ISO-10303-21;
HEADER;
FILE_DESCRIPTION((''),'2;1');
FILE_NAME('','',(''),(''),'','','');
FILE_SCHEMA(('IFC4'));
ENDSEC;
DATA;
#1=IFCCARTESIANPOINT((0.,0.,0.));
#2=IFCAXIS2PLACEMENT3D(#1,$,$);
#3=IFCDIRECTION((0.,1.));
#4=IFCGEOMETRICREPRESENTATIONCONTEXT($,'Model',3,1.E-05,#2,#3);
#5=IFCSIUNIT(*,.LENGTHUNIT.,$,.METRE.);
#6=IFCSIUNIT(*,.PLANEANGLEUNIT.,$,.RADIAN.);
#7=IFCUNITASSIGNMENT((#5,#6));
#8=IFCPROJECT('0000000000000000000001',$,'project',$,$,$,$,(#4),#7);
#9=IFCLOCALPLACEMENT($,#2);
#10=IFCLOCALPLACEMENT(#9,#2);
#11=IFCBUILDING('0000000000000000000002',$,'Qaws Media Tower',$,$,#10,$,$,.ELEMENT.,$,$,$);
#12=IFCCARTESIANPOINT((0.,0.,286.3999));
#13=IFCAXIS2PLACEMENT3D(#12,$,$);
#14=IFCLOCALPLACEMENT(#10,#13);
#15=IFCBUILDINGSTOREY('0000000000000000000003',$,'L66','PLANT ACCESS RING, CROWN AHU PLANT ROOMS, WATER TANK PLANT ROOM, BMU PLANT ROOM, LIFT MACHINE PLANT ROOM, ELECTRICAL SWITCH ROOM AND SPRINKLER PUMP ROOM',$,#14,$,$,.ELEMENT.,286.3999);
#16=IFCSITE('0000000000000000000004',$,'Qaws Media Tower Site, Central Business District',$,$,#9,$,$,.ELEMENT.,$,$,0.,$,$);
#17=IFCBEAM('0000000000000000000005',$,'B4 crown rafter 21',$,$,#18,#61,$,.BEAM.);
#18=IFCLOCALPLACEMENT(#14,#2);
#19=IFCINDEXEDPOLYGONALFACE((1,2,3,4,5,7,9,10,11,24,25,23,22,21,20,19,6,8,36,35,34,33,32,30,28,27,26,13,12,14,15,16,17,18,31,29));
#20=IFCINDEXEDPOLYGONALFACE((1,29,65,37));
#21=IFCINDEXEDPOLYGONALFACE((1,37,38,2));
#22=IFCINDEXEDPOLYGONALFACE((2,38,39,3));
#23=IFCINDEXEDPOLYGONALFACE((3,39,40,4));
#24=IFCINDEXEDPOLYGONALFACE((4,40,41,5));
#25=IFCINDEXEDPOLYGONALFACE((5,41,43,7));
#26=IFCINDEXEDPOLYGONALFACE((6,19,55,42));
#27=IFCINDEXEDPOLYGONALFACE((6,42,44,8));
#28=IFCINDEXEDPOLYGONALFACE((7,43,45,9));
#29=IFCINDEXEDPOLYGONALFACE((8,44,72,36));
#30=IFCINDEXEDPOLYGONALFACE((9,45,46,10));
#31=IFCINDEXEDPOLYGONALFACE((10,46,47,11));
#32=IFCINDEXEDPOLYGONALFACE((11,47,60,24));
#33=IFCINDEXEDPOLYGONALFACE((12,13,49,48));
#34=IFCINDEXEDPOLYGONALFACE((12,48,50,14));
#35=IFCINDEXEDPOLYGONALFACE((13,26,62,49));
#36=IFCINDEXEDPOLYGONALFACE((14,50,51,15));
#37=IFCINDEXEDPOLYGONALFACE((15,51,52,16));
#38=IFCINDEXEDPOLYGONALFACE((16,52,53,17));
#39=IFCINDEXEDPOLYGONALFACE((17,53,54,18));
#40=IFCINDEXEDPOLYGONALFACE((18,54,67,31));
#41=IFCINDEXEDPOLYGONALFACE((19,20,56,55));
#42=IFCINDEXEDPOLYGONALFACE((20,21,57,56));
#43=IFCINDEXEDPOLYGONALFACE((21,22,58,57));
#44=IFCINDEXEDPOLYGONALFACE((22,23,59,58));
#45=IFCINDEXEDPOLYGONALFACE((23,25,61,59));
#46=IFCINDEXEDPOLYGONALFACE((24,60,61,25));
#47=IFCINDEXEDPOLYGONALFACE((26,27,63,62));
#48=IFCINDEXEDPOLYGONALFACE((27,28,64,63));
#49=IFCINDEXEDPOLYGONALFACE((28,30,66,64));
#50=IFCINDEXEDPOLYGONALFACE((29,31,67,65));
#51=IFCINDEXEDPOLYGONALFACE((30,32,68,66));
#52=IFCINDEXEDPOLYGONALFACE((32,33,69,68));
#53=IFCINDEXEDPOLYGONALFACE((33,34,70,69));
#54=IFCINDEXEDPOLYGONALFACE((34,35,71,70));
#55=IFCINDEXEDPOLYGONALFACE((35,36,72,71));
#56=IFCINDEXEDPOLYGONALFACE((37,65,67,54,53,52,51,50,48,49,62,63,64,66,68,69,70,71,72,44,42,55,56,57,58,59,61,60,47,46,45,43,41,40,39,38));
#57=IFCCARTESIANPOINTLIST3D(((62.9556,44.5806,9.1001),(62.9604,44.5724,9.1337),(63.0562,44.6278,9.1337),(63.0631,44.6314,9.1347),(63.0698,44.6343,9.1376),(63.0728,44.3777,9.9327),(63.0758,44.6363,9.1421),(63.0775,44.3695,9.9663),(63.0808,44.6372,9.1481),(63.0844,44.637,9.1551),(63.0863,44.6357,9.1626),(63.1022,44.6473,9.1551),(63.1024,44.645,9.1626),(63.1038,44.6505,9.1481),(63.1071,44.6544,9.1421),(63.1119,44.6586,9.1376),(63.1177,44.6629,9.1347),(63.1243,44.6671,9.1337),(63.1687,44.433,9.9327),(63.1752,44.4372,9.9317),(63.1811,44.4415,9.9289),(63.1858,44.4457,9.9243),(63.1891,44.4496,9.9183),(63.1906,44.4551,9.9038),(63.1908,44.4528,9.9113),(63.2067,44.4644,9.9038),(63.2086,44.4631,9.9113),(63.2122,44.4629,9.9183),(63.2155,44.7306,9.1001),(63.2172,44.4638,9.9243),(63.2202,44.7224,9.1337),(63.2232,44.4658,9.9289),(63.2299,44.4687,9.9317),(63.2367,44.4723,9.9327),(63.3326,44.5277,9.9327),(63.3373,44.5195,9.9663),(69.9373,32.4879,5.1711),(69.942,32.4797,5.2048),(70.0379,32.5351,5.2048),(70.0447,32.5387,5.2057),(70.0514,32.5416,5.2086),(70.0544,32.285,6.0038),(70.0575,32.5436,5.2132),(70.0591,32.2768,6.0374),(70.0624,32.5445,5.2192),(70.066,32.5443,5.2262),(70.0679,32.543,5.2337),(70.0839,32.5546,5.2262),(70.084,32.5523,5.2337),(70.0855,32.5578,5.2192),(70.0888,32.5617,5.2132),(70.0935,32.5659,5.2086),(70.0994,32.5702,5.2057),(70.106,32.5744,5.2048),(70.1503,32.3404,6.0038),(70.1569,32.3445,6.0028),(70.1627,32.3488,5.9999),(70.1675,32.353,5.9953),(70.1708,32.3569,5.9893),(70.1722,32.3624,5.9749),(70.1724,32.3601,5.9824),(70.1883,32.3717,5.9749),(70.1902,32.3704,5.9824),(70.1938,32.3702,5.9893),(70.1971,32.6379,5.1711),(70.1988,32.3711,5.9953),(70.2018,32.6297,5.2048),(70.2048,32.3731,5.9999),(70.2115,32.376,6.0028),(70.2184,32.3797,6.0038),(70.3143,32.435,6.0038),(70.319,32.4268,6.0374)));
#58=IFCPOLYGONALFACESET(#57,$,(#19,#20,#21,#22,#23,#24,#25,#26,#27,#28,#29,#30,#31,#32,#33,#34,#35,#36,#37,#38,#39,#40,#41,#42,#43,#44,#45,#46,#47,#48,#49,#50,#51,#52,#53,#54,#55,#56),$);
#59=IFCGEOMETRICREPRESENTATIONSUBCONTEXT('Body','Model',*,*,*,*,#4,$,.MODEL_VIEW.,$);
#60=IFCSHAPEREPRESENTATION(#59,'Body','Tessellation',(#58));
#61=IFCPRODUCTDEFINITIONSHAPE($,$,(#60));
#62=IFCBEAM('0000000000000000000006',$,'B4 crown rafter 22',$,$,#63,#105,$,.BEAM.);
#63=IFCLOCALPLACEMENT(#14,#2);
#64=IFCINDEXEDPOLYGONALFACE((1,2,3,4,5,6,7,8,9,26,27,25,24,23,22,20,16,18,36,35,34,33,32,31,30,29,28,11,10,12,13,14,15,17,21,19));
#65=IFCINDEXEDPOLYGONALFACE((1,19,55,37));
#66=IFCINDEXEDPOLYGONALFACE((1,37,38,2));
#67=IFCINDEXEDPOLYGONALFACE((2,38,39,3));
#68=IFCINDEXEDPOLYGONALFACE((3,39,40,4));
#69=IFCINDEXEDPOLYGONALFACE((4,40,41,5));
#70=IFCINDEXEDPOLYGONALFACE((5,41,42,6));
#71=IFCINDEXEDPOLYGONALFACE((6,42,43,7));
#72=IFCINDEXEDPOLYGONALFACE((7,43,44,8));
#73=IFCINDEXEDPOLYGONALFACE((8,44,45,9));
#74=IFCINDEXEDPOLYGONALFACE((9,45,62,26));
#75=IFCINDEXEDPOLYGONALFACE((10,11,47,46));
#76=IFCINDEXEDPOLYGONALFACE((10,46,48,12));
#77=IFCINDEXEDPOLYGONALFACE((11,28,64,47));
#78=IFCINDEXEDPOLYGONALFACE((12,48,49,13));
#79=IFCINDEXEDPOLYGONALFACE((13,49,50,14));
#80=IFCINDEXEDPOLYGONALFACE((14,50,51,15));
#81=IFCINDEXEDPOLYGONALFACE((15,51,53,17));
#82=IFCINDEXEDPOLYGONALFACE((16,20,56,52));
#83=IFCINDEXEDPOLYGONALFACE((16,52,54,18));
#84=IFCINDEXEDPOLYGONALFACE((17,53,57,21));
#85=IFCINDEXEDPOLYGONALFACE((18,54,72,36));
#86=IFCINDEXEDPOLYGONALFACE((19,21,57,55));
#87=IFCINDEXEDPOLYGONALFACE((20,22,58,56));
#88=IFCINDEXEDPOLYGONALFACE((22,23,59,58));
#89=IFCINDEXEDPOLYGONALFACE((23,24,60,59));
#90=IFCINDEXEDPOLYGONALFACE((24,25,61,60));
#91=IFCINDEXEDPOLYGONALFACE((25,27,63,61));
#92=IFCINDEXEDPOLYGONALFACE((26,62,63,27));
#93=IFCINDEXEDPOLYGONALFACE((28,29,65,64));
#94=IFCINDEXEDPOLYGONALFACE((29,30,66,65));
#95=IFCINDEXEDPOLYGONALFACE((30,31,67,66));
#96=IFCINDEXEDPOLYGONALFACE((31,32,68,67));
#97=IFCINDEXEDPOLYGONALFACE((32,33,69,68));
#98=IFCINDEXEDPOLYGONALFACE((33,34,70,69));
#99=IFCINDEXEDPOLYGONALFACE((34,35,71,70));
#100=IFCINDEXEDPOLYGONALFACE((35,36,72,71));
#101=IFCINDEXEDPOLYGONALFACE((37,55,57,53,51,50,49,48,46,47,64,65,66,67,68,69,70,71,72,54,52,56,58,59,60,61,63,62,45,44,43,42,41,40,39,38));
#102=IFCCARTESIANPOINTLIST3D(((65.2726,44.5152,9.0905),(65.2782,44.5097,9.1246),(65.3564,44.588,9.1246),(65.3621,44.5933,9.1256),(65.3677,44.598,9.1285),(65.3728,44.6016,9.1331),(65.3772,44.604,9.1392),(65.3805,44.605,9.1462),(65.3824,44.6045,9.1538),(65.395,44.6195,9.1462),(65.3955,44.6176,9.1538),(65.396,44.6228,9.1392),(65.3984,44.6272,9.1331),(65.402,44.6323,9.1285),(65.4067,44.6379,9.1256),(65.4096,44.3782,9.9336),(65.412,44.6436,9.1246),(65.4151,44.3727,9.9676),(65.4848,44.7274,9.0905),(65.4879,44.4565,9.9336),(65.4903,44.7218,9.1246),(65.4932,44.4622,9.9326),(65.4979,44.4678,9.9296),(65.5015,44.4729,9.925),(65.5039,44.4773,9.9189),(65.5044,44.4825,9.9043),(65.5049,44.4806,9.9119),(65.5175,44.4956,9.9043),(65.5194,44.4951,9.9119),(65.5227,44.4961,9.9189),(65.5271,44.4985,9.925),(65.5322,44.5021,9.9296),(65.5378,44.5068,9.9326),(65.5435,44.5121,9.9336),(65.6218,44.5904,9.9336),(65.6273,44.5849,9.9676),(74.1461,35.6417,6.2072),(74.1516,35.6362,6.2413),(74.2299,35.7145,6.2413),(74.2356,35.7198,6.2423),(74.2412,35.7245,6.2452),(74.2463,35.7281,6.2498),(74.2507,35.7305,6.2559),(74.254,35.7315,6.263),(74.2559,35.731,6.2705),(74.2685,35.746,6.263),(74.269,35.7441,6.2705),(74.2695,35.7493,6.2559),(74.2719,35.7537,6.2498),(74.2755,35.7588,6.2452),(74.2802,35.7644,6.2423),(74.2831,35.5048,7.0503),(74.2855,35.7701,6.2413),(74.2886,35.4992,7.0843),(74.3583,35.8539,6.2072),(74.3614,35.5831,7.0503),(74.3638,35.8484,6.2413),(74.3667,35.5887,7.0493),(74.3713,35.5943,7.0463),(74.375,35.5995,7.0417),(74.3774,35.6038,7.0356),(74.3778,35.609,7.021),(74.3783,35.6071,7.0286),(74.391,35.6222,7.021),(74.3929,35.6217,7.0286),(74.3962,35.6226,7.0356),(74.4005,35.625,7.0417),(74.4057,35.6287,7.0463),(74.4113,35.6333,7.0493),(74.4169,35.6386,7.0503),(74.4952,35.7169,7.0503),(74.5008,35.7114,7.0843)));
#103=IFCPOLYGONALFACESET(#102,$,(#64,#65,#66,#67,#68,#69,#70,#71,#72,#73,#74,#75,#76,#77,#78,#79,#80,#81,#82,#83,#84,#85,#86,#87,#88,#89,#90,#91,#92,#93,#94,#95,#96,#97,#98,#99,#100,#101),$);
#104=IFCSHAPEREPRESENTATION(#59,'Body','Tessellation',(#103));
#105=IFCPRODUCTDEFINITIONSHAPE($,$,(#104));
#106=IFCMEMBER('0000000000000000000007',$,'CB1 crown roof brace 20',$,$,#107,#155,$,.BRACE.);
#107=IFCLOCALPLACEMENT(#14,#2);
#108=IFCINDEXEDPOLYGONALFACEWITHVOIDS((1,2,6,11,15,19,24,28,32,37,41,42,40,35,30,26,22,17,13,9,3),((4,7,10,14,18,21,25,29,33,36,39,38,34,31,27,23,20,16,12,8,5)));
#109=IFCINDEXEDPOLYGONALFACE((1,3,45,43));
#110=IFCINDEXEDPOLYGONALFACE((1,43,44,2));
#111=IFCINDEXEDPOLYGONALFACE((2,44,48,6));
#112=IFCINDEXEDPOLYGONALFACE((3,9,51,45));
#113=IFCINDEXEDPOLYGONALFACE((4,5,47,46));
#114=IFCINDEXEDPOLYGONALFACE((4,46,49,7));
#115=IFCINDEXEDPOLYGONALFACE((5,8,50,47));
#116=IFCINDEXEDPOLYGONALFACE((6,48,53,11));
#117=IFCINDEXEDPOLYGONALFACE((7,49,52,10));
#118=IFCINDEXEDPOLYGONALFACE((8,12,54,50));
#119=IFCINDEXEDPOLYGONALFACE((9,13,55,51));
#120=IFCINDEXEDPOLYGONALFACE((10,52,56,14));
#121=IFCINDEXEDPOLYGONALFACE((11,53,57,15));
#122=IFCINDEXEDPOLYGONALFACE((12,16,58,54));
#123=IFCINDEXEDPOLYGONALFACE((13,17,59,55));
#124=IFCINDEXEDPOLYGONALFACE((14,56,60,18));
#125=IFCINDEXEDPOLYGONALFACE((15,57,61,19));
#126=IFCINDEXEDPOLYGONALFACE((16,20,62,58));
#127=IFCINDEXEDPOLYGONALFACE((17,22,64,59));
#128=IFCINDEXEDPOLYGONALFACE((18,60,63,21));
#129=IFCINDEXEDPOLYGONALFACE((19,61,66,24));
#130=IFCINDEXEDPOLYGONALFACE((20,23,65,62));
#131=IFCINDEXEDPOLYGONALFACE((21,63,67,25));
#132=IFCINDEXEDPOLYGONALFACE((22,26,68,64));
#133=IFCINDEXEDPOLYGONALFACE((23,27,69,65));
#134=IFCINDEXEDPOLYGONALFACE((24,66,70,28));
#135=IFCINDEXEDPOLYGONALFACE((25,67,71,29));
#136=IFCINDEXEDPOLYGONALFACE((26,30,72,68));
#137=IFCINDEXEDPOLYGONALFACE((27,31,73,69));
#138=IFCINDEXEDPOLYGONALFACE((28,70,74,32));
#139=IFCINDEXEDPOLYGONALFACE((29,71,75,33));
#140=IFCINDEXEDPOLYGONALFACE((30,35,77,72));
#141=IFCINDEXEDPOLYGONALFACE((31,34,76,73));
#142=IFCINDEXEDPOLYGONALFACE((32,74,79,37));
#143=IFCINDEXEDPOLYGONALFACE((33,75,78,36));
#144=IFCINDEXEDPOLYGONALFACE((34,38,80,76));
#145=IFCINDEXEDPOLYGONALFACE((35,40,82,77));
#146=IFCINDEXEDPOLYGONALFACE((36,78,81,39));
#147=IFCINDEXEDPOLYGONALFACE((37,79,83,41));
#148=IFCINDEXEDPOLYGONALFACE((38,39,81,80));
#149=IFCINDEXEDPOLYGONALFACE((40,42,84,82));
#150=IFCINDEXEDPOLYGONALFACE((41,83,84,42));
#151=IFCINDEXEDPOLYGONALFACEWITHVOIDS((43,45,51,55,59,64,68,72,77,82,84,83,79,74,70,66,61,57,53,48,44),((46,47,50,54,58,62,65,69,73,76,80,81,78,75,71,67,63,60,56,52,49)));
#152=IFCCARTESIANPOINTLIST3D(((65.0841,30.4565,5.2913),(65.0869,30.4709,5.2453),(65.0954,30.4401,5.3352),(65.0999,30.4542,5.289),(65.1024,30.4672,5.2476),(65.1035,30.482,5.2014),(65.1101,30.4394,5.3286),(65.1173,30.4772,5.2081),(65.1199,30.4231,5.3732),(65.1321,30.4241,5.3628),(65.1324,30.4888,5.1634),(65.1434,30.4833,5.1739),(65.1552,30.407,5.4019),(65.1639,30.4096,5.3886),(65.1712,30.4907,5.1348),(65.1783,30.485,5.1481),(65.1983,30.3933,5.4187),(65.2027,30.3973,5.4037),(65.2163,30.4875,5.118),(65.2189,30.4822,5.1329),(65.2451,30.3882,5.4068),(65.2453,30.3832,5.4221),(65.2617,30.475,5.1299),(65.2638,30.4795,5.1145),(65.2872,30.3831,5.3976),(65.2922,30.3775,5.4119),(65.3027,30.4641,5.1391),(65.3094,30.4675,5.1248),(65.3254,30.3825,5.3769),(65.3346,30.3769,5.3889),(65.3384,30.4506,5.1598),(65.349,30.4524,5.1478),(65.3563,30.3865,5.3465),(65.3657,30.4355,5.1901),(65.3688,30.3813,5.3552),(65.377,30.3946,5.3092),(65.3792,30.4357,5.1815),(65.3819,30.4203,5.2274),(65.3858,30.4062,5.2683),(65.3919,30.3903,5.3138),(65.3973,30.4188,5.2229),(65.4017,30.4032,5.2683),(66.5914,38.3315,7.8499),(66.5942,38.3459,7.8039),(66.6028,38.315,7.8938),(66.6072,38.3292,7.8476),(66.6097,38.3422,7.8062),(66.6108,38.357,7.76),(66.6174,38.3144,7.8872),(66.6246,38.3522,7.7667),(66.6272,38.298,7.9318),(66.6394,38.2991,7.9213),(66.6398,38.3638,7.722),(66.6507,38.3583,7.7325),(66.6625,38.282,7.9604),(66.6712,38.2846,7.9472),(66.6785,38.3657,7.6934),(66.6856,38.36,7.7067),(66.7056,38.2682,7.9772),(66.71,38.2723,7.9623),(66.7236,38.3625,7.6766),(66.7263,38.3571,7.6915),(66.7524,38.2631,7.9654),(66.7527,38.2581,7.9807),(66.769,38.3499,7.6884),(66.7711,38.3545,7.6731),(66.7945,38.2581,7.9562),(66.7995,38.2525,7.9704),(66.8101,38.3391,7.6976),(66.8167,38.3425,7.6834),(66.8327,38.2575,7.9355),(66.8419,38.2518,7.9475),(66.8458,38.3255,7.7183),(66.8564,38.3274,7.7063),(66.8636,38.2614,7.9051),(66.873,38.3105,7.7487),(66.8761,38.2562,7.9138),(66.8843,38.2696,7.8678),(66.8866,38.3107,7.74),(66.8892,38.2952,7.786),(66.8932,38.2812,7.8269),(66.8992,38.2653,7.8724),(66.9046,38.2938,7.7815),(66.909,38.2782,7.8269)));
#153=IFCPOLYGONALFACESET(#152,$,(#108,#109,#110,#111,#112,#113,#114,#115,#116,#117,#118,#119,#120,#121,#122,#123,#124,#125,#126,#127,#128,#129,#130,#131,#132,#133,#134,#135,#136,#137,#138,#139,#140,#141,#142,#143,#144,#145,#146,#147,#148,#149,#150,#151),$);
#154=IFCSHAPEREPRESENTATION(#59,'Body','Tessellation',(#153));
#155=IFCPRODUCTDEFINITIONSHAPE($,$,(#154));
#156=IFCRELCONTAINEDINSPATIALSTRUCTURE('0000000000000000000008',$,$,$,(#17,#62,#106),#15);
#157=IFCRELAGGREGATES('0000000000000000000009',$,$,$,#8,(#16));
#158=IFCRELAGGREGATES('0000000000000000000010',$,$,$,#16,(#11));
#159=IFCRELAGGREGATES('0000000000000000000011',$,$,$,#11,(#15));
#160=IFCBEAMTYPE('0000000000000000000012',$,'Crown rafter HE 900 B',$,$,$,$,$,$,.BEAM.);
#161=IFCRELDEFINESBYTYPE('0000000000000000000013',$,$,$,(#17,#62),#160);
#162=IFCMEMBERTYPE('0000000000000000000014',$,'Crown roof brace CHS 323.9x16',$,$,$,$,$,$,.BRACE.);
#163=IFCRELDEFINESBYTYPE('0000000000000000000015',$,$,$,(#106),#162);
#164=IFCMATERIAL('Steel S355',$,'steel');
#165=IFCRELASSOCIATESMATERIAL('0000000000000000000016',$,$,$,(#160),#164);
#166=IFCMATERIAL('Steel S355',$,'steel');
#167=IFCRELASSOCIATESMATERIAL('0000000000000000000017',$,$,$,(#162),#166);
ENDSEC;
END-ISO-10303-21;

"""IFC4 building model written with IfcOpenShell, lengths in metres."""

from ifc_helpers import new_model, si_unit, direction, frame, origin, origin_2d, place, context, subcontext, project, spatial, hollow_circle, i_section, extrude, material, material_profile, profile_set, type_object, element, save


model = new_model("IFC4")

# Units and contexts
model_context = context("Model", 3, precision=1e-05, world=origin(), true_north=direction((0.0, 1.0)))
body_context = subcontext(model_context, "Body", "Model", "MODEL_VIEW")
ifc_project = project(units=[si_unit("LENGTHUNIT", "METRE"), si_unit("PLANEANGLEUNIT", "RADIAN")], contexts=[model_context])

# Site, building, storey
site_placement = place(None, origin())
site = spatial("IfcSite", under=ifc_project, at=site_placement, Name="Qaws Media Tower Site, Central Business District", CompositionType="ELEMENT", RefElevation=0.0)
building_placement = place(site_placement, origin())
building = spatial("IfcBuilding", under=site, at=building_placement, Name="Qaws Media Tower", CompositionType="ELEMENT")
storey_placement = place(building_placement, frame((0.0, 0.0, 286.3999)))
storey = spatial("IfcBuildingStorey", under=building, at=storey_placement, Name="L66", Description="PLANT ACCESS RING, CROWN AHU PLANT ROOMS, WATER TANK PLANT ROOM, BMU PLANT ROOM, LIFT MACHINE PLANT ROOM, ELECTRICAL SWITCH ROOM AND SPRINKLER PUMP ROOM", CompositionType="ELEMENT", Elevation=286.3999)

# Beams
ifc_material_1 = material(Name="Steel S355", Category="steel")
ifc_material_profile_1 = material_profile(ifc_material_1, i_section(OverallWidth=0.3, OverallDepth=0.8999, WebThickness=0.0186, FlangeThickness=0.0349, FilletRadius=0.03, at=origin_2d()), Name="HE 900 B")
ifc_profile_set_1 = profile_set([ifc_material_profile_1], Name="Steel S355")
beam_type_1 = type_object("IfcBeamType", Name="Crown rafter HE 900 B", PredefinedType="BEAM", material=ifc_profile_set_1)
beam_1_placement = place(storey_placement, frame((63.1465, 44.55, 9.5332), z_axis=(0.481306, -0.833656, -0.270856), x_axis=(0.866028, 0.499996, 0.0)))
element("IfcBeam", 1, at=beam_1_placement, inside=storey, type_object=beam_type_1, Name="B4 crown rafter 21", PredefinedType="BEAM", context=body_context, shape_type="SweptSolid", body=[
    extrude(i_section(OverallWidth=0.3, OverallDepth=0.8999, WebThickness=0.0186, FlangeThickness=0.0349, FilletRadius=0.03, at=origin_2d()), origin(), (0.0, 0.0, 1.0), 14.5056),
])
beam_2_placement = place(storey_placement, frame((65.45, 44.55, 9.5291), z_axis=(0.68915, -0.68915, -0.223927), x_axis=(0.707107, 0.707107, 0.0)))
element("IfcBeam", 2, at=beam_2_placement, inside=storey, type_object=beam_type_1, Name="B4 crown rafter 22", PredefinedType="BEAM", context=body_context, shape_type="SweptSolid", body=[
    extrude(i_section(OverallWidth=0.3, OverallDepth=0.8999, WebThickness=0.0186, FlangeThickness=0.0349, FilletRadius=0.03, at=origin_2d()), origin(), (0.0, 0.0, 1.0), 12.876),
])

# Member
ifc_material_2 = material(Name="Steel S355", Category="steel")
ifc_material_profile_2 = material_profile(ifc_material_2, hollow_circle(Radius=0.1619, WallThickness=0.0161, at=origin_2d()), Name="CHS 323.9x16")
ifc_profile_set_2 = profile_set([ifc_material_profile_2], Name="Steel S355")
member_type = type_object("IfcMemberType", Name="Crown roof brace CHS 323.9x16", PredefinedType="BRACE", material=ifc_profile_set_2)
member_1_placement = place(storey_placement, frame((66.75, 38.3086, 7.8269), z_axis=(-0.179096, -0.935685, -0.304005), x_axis=(0.98217, -0.187994, 0.0)))
element("IfcMember", 3, at=member_1_placement, inside=storey, type_object=member_type, Name="CB1 crown roof brace 20", PredefinedType="BRACE", context=body_context, shape_type="SweptSolid", body=[
    extrude(hollow_circle(Radius=0.1619, WallThickness=0.0161, at=origin_2d()), origin(), (0.0, 0.0, 1.0), 8.4163),
])

save(model, "model.ifc")
